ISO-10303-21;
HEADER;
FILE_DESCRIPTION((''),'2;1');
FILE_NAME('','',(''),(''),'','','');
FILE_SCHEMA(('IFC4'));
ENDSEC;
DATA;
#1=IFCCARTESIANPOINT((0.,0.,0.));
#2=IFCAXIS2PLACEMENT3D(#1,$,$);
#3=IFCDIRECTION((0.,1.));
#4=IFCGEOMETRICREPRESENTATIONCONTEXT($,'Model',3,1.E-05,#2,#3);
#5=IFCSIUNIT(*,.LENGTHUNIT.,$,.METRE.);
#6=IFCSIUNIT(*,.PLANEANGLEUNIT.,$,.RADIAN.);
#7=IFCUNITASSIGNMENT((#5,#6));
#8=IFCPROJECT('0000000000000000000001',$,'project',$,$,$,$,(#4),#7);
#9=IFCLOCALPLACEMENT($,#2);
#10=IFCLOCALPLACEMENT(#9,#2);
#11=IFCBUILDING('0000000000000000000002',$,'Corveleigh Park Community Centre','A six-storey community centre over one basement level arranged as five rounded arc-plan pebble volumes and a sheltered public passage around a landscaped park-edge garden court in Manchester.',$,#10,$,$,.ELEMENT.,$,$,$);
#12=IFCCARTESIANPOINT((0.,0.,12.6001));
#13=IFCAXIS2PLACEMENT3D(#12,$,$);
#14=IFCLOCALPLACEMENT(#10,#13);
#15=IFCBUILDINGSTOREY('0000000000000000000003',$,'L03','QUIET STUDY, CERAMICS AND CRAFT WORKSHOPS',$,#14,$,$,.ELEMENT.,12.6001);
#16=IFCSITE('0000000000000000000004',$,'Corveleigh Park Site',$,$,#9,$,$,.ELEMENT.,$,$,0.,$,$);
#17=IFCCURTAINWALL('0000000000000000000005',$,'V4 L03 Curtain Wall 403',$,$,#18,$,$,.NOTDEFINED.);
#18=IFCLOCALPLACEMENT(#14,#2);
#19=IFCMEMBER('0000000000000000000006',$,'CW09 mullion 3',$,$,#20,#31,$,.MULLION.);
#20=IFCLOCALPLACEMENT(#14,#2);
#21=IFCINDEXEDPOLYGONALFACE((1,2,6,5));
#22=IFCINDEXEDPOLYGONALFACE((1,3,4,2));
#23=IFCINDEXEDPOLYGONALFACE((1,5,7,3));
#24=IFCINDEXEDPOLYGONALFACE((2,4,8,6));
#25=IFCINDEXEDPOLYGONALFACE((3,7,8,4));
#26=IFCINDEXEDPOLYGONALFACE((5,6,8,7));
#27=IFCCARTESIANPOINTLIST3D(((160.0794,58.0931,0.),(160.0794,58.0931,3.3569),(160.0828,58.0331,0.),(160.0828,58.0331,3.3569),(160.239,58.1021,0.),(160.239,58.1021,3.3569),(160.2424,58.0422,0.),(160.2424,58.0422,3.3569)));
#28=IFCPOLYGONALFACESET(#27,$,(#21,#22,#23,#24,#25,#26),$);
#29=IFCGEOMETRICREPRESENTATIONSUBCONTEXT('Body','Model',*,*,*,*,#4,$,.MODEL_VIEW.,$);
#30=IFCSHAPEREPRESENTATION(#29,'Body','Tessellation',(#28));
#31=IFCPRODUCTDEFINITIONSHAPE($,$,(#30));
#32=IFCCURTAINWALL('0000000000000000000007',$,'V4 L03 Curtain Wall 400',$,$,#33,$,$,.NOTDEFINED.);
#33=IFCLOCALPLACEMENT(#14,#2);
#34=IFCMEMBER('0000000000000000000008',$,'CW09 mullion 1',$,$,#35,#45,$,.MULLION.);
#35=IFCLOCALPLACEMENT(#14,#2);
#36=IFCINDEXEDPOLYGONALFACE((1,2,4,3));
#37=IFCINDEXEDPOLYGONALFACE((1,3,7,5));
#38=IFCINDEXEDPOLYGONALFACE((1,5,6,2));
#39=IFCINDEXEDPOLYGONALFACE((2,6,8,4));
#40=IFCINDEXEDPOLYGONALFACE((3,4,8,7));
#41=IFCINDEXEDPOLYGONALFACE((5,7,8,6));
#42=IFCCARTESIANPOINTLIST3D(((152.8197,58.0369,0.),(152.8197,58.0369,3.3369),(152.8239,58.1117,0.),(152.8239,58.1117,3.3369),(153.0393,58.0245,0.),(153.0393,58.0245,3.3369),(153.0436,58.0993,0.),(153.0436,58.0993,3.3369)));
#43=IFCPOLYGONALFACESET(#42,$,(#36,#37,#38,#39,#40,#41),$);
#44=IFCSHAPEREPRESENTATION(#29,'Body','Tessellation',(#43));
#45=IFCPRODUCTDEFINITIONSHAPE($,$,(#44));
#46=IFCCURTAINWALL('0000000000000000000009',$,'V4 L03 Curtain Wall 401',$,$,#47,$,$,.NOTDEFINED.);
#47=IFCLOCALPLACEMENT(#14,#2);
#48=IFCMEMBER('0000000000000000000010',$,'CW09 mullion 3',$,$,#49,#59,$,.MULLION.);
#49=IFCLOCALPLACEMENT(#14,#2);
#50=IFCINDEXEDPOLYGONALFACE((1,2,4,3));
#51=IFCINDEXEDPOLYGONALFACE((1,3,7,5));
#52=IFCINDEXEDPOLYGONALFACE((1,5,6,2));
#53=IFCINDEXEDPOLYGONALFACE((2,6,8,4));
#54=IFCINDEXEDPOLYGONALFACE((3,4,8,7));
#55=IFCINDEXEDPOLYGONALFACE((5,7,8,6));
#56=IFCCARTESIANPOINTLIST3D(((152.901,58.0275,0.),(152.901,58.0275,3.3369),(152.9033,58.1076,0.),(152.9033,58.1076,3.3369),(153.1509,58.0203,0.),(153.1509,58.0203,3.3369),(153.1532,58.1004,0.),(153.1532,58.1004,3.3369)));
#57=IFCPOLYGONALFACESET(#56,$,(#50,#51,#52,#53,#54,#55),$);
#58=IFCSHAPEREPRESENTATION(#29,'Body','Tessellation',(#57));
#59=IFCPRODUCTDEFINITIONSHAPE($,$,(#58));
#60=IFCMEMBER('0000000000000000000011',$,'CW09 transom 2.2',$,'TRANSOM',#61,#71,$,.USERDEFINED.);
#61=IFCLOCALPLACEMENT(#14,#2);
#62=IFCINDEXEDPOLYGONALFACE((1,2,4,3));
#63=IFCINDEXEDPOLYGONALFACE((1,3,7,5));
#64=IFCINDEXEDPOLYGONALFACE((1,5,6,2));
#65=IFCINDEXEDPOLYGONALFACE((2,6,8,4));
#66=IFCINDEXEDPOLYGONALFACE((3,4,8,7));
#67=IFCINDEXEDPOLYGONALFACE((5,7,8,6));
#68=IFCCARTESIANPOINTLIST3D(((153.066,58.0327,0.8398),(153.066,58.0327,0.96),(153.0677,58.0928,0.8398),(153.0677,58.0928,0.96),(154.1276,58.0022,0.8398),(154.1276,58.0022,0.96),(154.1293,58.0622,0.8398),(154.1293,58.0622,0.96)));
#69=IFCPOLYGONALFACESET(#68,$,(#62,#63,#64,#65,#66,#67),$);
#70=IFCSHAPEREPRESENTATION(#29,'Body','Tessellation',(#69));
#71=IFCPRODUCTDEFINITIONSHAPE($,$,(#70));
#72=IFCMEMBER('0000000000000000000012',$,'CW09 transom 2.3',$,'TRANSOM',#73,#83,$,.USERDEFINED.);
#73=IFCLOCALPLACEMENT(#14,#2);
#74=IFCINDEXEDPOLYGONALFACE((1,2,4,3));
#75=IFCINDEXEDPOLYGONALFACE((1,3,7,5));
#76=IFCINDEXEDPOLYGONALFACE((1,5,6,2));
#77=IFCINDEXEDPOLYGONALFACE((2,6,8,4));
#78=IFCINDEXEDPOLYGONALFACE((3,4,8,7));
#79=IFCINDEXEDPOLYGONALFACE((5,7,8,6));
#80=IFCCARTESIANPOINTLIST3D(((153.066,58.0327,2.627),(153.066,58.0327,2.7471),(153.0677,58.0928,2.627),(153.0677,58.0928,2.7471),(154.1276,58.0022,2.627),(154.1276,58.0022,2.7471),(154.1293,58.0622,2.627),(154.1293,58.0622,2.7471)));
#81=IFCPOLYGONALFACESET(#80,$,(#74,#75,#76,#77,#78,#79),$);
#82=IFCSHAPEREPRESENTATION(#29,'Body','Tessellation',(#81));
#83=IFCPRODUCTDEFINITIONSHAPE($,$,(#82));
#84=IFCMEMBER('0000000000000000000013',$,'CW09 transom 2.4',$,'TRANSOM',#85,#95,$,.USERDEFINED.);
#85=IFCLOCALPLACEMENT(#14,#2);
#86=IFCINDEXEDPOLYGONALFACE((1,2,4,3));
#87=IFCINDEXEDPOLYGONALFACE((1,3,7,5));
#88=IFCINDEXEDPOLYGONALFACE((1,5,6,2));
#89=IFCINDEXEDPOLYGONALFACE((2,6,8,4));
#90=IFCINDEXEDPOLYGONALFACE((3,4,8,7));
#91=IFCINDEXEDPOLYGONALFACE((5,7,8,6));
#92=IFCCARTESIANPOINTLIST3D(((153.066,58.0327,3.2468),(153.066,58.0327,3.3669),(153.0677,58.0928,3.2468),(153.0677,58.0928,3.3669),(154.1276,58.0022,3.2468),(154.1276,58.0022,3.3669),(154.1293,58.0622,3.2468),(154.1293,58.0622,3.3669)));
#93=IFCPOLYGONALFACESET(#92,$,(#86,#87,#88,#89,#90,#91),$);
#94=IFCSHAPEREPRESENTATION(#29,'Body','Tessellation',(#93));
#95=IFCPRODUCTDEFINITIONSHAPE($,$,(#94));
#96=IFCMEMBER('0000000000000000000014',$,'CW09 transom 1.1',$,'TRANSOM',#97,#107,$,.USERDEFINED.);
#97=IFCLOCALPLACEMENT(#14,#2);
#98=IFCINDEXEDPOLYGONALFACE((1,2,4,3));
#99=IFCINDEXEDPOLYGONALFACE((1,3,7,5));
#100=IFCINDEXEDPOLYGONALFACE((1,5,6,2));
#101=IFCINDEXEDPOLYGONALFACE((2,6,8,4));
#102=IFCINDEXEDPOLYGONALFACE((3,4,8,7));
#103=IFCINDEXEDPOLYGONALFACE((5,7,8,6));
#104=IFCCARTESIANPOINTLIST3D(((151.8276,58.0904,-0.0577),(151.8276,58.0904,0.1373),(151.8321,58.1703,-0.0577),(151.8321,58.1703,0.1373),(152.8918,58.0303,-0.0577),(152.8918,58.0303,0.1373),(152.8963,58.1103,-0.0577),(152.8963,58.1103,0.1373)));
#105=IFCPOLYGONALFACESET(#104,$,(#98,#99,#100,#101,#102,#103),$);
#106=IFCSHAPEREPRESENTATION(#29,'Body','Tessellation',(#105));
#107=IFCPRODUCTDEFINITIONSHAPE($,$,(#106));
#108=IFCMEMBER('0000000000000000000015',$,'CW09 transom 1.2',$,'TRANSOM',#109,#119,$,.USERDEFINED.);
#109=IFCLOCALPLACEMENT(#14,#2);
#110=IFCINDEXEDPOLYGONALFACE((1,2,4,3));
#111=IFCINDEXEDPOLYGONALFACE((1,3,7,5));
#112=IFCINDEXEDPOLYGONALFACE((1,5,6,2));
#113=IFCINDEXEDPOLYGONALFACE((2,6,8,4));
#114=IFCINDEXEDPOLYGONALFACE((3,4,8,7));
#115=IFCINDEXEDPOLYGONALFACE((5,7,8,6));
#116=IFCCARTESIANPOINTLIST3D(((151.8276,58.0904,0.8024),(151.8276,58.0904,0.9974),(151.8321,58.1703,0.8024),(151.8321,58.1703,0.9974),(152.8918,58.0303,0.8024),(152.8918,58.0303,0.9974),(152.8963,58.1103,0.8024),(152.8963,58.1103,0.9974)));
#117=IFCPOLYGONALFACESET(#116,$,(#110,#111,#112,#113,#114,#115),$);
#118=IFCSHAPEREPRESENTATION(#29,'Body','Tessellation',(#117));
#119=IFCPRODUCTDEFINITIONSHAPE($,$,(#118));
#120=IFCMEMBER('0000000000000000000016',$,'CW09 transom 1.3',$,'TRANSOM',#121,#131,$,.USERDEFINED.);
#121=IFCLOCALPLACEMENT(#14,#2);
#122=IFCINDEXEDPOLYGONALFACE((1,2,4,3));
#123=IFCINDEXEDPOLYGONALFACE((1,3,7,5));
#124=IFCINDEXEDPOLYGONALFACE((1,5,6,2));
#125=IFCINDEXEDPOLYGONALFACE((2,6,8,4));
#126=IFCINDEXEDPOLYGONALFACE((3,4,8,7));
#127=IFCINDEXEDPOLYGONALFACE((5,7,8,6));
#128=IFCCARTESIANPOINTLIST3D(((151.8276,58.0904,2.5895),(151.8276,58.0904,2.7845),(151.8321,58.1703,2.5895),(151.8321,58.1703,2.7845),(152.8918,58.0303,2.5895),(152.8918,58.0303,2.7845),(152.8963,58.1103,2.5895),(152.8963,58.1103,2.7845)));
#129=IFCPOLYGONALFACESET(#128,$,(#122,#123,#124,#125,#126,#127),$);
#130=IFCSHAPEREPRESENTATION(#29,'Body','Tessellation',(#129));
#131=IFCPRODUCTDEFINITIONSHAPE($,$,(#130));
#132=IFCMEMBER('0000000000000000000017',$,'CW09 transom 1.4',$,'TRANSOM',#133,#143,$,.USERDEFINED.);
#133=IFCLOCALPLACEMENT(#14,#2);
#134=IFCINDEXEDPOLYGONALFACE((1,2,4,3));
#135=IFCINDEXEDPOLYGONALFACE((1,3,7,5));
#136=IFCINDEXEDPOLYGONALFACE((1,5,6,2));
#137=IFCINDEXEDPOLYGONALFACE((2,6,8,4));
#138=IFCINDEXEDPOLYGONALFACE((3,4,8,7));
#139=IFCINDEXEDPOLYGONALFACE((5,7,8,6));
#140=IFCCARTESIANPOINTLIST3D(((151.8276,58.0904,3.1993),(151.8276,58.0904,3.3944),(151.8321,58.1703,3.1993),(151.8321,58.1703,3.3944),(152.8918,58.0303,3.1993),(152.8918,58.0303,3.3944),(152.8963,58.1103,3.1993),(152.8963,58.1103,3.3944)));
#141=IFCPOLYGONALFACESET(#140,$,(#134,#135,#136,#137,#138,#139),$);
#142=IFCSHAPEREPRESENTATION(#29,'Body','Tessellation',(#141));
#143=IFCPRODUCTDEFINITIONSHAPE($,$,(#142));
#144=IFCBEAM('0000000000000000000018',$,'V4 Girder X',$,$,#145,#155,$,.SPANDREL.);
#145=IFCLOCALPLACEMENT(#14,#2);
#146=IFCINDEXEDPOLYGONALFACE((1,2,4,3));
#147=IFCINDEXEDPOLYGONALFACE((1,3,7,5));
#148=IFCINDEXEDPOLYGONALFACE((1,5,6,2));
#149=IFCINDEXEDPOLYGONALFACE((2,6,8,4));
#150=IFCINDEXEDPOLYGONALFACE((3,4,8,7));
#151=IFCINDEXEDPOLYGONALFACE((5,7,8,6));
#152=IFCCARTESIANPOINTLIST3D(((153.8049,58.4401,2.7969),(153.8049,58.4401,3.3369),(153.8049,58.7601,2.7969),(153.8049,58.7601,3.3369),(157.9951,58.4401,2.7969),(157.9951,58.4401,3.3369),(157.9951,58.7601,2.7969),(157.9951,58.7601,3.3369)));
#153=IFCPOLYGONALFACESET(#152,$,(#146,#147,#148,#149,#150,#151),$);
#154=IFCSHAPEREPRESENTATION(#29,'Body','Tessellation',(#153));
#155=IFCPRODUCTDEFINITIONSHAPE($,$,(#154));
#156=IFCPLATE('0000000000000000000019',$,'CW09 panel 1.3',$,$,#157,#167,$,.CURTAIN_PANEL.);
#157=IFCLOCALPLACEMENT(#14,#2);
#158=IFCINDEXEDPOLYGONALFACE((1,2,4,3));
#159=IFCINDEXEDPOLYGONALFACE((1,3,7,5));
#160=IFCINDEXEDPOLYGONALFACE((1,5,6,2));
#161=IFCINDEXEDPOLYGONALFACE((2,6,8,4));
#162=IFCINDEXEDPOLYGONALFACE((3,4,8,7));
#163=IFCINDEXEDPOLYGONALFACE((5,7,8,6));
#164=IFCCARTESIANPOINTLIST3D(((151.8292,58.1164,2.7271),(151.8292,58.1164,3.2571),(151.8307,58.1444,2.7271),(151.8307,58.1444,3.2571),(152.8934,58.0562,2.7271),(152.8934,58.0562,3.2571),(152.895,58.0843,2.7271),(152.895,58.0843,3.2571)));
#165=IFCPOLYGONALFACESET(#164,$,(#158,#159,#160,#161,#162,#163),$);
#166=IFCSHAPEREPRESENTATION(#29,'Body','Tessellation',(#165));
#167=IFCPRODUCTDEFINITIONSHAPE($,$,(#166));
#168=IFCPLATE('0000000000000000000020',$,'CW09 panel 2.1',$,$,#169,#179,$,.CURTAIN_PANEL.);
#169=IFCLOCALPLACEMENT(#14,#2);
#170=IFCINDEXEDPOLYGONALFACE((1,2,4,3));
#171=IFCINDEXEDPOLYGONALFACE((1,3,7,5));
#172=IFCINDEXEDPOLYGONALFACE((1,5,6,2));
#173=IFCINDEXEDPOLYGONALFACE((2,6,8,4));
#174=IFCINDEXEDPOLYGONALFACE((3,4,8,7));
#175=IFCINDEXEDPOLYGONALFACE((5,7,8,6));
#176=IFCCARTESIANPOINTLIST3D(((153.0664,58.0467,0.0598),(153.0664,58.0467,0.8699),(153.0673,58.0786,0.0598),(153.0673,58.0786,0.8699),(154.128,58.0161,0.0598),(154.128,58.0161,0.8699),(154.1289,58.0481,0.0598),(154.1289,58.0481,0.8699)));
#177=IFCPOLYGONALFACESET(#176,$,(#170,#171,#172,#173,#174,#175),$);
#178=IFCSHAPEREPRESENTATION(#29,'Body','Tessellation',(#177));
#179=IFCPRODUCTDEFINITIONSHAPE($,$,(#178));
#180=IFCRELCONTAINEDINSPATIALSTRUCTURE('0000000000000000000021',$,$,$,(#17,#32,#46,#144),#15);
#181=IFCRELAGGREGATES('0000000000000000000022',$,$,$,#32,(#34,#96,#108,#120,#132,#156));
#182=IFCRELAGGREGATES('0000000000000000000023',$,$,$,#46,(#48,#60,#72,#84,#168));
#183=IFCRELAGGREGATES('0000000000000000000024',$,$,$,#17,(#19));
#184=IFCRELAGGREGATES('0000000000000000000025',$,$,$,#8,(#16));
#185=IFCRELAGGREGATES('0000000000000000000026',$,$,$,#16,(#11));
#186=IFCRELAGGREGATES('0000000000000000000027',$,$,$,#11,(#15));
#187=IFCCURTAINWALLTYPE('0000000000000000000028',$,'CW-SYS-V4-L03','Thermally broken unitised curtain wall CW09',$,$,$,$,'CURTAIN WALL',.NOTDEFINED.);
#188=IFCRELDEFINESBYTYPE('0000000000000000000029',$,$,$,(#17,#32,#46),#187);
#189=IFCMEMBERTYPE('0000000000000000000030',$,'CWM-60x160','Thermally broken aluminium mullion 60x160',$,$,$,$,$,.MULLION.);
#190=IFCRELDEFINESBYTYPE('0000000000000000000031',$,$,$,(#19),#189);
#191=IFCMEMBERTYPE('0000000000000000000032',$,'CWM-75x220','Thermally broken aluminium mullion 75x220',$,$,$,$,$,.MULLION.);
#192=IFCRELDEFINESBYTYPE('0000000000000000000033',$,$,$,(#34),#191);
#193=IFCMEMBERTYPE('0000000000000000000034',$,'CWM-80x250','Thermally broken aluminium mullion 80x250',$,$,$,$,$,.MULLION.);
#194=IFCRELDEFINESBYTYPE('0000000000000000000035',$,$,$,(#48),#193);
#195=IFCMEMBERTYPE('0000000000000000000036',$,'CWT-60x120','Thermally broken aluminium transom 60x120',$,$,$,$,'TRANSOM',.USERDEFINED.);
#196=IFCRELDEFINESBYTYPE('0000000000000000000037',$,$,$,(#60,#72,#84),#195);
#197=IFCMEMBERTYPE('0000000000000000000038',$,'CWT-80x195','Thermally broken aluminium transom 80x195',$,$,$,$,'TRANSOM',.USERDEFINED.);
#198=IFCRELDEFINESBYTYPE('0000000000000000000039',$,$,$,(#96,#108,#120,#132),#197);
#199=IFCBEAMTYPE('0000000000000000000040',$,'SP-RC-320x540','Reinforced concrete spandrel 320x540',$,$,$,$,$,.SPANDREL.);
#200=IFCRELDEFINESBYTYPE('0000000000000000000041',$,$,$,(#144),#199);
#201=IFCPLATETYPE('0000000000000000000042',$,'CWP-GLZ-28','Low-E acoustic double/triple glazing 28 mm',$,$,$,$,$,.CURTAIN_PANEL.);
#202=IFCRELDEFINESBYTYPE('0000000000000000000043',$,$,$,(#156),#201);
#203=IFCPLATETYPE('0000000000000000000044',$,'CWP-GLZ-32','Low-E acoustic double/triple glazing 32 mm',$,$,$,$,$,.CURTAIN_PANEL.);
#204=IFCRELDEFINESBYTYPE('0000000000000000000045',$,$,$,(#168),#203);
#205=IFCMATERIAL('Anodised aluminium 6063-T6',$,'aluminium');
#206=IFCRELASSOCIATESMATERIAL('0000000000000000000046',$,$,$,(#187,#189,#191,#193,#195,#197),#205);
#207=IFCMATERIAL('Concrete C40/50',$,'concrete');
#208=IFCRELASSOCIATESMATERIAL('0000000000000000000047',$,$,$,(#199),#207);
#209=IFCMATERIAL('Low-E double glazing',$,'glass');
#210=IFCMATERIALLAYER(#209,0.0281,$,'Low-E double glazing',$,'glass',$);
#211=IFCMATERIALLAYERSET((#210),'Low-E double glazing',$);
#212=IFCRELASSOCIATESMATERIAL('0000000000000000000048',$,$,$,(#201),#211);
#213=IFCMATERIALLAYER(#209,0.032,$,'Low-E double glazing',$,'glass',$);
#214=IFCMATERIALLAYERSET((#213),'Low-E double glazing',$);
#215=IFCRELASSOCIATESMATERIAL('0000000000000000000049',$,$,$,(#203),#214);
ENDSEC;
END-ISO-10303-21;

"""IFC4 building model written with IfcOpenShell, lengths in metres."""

from ifc_helpers import new_model, si_unit, direction, frame, origin, origin_2d, place, context, subcontext, project, spatial, rectangle, extrude, material, layer, layer_set, material_profile, profile_set, type_object, element, aggregate, save


model = new_model("IFC4")

# Units and contexts
model_context = context("Model", 3, precision=1e-05, world=origin(), true_north=direction((0.0, 1.0)))
body_context = subcontext(model_context, "Body", "Model", "MODEL_VIEW")
ifc_project = project(units=[si_unit("LENGTHUNIT", "METRE"), si_unit("PLANEANGLEUNIT", "RADIAN")], contexts=[model_context])

# Site, building, storey
site_placement = place(None, origin())
site = spatial("IfcSite", under=ifc_project, at=site_placement, Name="Corveleigh Park Site", CompositionType="ELEMENT", RefElevation=0.0)
building_placement = place(site_placement, origin())
building = spatial("IfcBuilding", under=site, at=building_placement, Name="Corveleigh Park Community Centre", Description="A six-storey community centre over one basement level arranged as five rounded arc-plan pebble volumes and a sheltered public passage around a landscaped park-edge garden court in Manchester.", CompositionType="ELEMENT")
storey_placement = place(building_placement, frame((0.0, 0.0, 12.6001)))
storey = spatial("IfcBuildingStorey", under=building, at=storey_placement, Name="L03", Description="QUIET STUDY, CERAMICS AND CRAFT WORKSHOPS", CompositionType="ELEMENT", Elevation=12.6001)

# Shared definitions
ifc_material_1 = material(Name="Concrete C40/50", Category="concrete")

# Curtain walls, members
ifc_material_2 = material(Name="Anodised aluminium 6063-T6", Category="aluminium")
curtain_wall_type = type_object("IfcCurtainWallType", Name="CW-SYS-V4-L03", Description="Thermally broken unitised curtain wall CW09", ElementType="CURTAIN WALL", PredefinedType="NOTDEFINED", material=ifc_material_2)
curtain_wall_1_placement = place(storey_placement, origin())
curtain_wall_1 = element("IfcCurtainWall", 1, at=curtain_wall_1_placement, inside=storey, type_object=curtain_wall_type, Name="V4 L03 Curtain Wall 403", PredefinedType="NOTDEFINED")
ifc_material_profile_1 = material_profile(ifc_material_2, rectangle(XDim=0.0601, YDim=0.1599, at=origin_2d()), Name="ALU-M60x160", Category="aluminium")
ifc_profile_set_1 = profile_set([ifc_material_profile_1], Name="Anodised aluminium 6063-T6")
member_type_1 = type_object("IfcMemberType", Name="CWM-60x160", Description="Thermally broken aluminium mullion 60x160", PredefinedType="MULLION", material=ifc_profile_set_1)
member_1_placement = place(storey_placement, frame((160.1609, 58.0676, 0.0), z_axis=(0.0, 0.0, 1.0), x_axis=(0.056434, -0.998406, 0.0)))
member_1 = element("IfcMember", 2, at=member_1_placement, type_object=member_type_1, Name="CW09 mullion 3", PredefinedType="MULLION", context=body_context, shape_type="SweptSolid", body=[
    extrude(rectangle(XDim=0.0601, YDim=0.1599, at=origin_2d()), origin(), (0.0, 0.0, 1.0), 3.3569),
])
curtain_wall_2_placement = place(storey_placement, origin())
curtain_wall_2 = element("IfcCurtainWall", 3, at=curtain_wall_2_placement, inside=storey, type_object=curtain_wall_type, Name="V4 L03 Curtain Wall 400", PredefinedType="NOTDEFINED")
ifc_material_profile_2 = material_profile(ifc_material_2, rectangle(XDim=0.075, YDim=0.22, at=origin_2d()), Name="ALU-M75x220", Category="aluminium")
ifc_profile_set_2 = profile_set([ifc_material_profile_2], Name="Anodised aluminium 6063-T6")
member_type_2 = type_object("IfcMemberType", Name="CWM-75x220", Description="Thermally broken aluminium mullion 75x220", PredefinedType="MULLION", material=ifc_profile_set_2)
member_2_placement = place(storey_placement, frame((152.9316, 58.0681, 0.0), z_axis=(0.0, 0.0, 1.0), x_axis=(-0.056434, -0.998406, 0.0)))
member_2 = element("IfcMember", 4, at=member_2_placement, type_object=member_type_2, Name="CW09 mullion 1", PredefinedType="MULLION", context=body_context, shape_type="SweptSolid", body=[
    extrude(rectangle(XDim=0.075, YDim=0.22, at=origin_2d()), origin(), (0.0, 0.0, 1.0), 3.3369),
])

# Curtain wall, members
curtain_wall_3_placement = place(storey_placement, origin())
curtain_wall_3 = element("IfcCurtainWall", 5, at=curtain_wall_3_placement, inside=storey, type_object=curtain_wall_type, Name="V4 L03 Curtain Wall 401", PredefinedType="NOTDEFINED")
ifc_material_profile_3 = material_profile(ifc_material_2, rectangle(XDim=0.0801, YDim=0.25, at=origin_2d()), Name="ALU-M80x250", Category="aluminium")
ifc_profile_set_3 = profile_set([ifc_material_profile_3], Name="Anodised aluminium 6063-T6")
member_type_3 = type_object("IfcMemberType", Name="CWM-80x250", Description="Thermally broken aluminium mullion 80x250", PredefinedType="MULLION", material=ifc_profile_set_3)
member_3_placement = place(storey_placement, frame((153.0271, 58.064, 0.0), z_axis=(0.0, 0.0, 1.0), x_axis=(-0.028765, -0.999586, 0.0)))
member_3 = element("IfcMember", 6, at=member_3_placement, type_object=member_type_3, Name="CW09 mullion 3", PredefinedType="MULLION", context=body_context, shape_type="SweptSolid", body=[
    extrude(rectangle(XDim=0.0801, YDim=0.25, at=origin_2d()), origin(), (0.0, 0.0, 1.0), 3.3369),
])
ifc_material_profile_4 = material_profile(ifc_material_2, rectangle(XDim=0.0601, YDim=0.1201, at=origin_2d()), Name="ALU-T60x120", Category="aluminium")
ifc_profile_set_4 = profile_set([ifc_material_profile_4], Name="Anodised aluminium 6063-T6")
member_type_4 = type_object("IfcMemberType", Name="CWT-60x120", Description="Thermally broken aluminium transom 60x120", ElementType="TRANSOM", PredefinedType="USERDEFINED", material=ifc_profile_set_4)
member_4_placement = place(storey_placement, frame((154.1284, 58.0322, 0.8999), z_axis=(-0.999587, 0.028737, 0.0), x_axis=(-0.028737, -0.999587, 0.0)))
member_4 = element("IfcMember", 7, at=member_4_placement, type_object=member_type_4, Name="CW09 transom 2.2", ObjectType="TRANSOM", PredefinedType="USERDEFINED", context=body_context, shape_type="SweptSolid", body=[
    extrude(rectangle(XDim=0.0601, YDim=0.1201, at=origin_2d()), origin(), (0.0, 0.0, 1.0), 1.062),
])
member_5_placement = place(storey_placement, frame((154.1284, 58.0322, 2.687), z_axis=(-0.999587, 0.028737, 0.0), x_axis=(-0.028737, -0.999587, 0.0)))
member_5 = element("IfcMember", 8, at=member_5_placement, type_object=member_type_4, Name="CW09 transom 2.3", ObjectType="TRANSOM", PredefinedType="USERDEFINED", context=body_context, shape_type="SweptSolid", body=[
    extrude(rectangle(XDim=0.0601, YDim=0.1201, at=origin_2d()), origin(), (0.0, 0.0, 1.0), 1.062),
])
member_6_placement = place(storey_placement, frame((154.1284, 58.0322, 3.3069), z_axis=(-0.999587, 0.028737, 0.0), x_axis=(-0.028737, -0.999587, 0.0)))
member_6 = element("IfcMember", 9, at=member_6_placement, type_object=member_type_4, Name="CW09 transom 2.4", ObjectType="TRANSOM", PredefinedType="USERDEFINED", context=body_context, shape_type="SweptSolid", body=[
    extrude(rectangle(XDim=0.0601, YDim=0.1201, at=origin_2d()), origin(), (0.0, 0.0, 1.0), 1.062),
])

# Members
ifc_material_profile_5 = material_profile(ifc_material_2, rectangle(XDim=0.0801, YDim=0.1951, at=origin_2d()), Name="ALU-T80x195", Category="aluminium")
ifc_profile_set_5 = profile_set([ifc_material_profile_5], Name="Anodised aluminium 6063-T6")
member_type_5 = type_object("IfcMemberType", Name="CWT-80x195", Description="Thermally broken aluminium transom 80x195", ElementType="TRANSOM", PredefinedType="USERDEFINED", material=ifc_profile_set_5)
member_7_placement = place(storey_placement, frame((152.894, 58.0703, 0.0398), z_axis=(-0.998411, 0.056345, 0.0), x_axis=(-0.056345, -0.998411, 0.0)))
member_7 = element("IfcMember", 10, at=member_7_placement, type_object=member_type_5, Name="CW09 transom 1.1", ObjectType="TRANSOM", PredefinedType="USERDEFINED", context=body_context, shape_type="SweptSolid", body=[
    extrude(rectangle(XDim=0.0801, YDim=0.1951, at=origin_2d()), origin(), (0.0, 0.0, 1.0), 1.0659),
])
member_8_placement = place(storey_placement, frame((152.894, 58.0703, 0.8999), z_axis=(-0.998411, 0.056345, 0.0), x_axis=(-0.056345, -0.998411, 0.0)))
member_8 = element("IfcMember", 11, at=member_8_placement, type_object=member_type_5, Name="CW09 transom 1.2", ObjectType="TRANSOM", PredefinedType="USERDEFINED", context=body_context, shape_type="SweptSolid", body=[
    extrude(rectangle(XDim=0.0801, YDim=0.1951, at=origin_2d()), origin(), (0.0, 0.0, 1.0), 1.0659),
])
member_9_placement = place(storey_placement, frame((152.894, 58.0703, 2.687), z_axis=(-0.998411, 0.056345, 0.0), x_axis=(-0.056345, -0.998411, 0.0)))
member_9 = element("IfcMember", 12, at=member_9_placement, type_object=member_type_5, Name="CW09 transom 1.3", ObjectType="TRANSOM", PredefinedType="USERDEFINED", context=body_context, shape_type="SweptSolid", body=[
    extrude(rectangle(XDim=0.0801, YDim=0.1951, at=origin_2d()), origin(), (0.0, 0.0, 1.0), 1.0659),
])
member_10_placement = place(storey_placement, frame((152.894, 58.0703, 3.2969), z_axis=(-0.998411, 0.056345, 0.0), x_axis=(-0.056345, -0.998411, 0.0)))
member_10 = element("IfcMember", 13, at=member_10_placement, type_object=member_type_5, Name="CW09 transom 1.4", ObjectType="TRANSOM", PredefinedType="USERDEFINED", context=body_context, shape_type="SweptSolid", body=[
    extrude(rectangle(XDim=0.0801, YDim=0.1951, at=origin_2d()), origin(), (0.0, 0.0, 1.0), 1.0659),
])

# Beam
ifc_material_profile_6 = material_profile(ifc_material_1, rectangle(XDim=0.3201, YDim=0.54, at=origin_2d()), Name="RC-320x540", Category="concrete")
ifc_profile_set_6 = profile_set([ifc_material_profile_6], Name="Concrete C40/50")
beam_type_1 = type_object("IfcBeamType", Name="SP-RC-320x540", Description="Reinforced concrete spandrel 320x540", PredefinedType="SPANDREL", material=ifc_profile_set_6)
beam_1_placement = place(storey_placement, frame((153.8049, 58.6001, 3.0669), z_axis=(1.0, 0.0, 0.0), x_axis=(0.0, 1.0, 0.0)))
element("IfcBeam", 14, at=beam_1_placement, inside=storey, type_object=beam_type_1, Name="V4 Girder X", PredefinedType="SPANDREL", context=body_context, shape_type="SweptSolid", body=[
    extrude(rectangle(XDim=0.3201, YDim=0.54, at=origin_2d()), origin(), (0.0, 0.0, 1.0), 4.1902),
])

# Plates
ifc_material_3 = material(Name="Low-E double glazing", Category="glass")
ifc_layer_1 = layer(ifc_material_3, 0.0281, Name="Low-E double glazing", Category="glass")
ifc_layer_set_1 = layer_set([ifc_layer_1], Name="Low-E double glazing")
plate_type_1 = type_object("IfcPlateType", Name="CWP-GLZ-28", Description="Low-E acoustic double/triple glazing 28 mm", PredefinedType="CURTAIN_PANEL", material=ifc_layer_set_1)
plate_1_placement = place(storey_placement, frame((152.3621, 58.1003, 2.7271), z_axis=(0.0, 0.0, 1.0), x_axis=(-0.998406, 0.056434, 0.0)))
plate_1 = element("IfcPlate", 15, at=plate_1_placement, type_object=plate_type_1, Name="CW09 panel 1.3", PredefinedType="CURTAIN_PANEL", context=body_context, shape_type="SweptSolid", body=[
    extrude(rectangle(XDim=1.0659, YDim=0.0281, at=origin_2d()), origin(), (0.0, 0.0, 1.0), 0.53),
])
aggregate(curtain_wall_2, [member_2, member_7, member_8, member_9, member_10, plate_1])
ifc_layer_2 = layer(ifc_material_3, 0.032, Name="Low-E double glazing", Category="glass")
ifc_layer_set_2 = layer_set([ifc_layer_2], Name="Low-E double glazing")
plate_type_2 = type_object("IfcPlateType", Name="CWP-GLZ-32", Description="Low-E acoustic double/triple glazing 32 mm", PredefinedType="CURTAIN_PANEL", material=ifc_layer_set_2)
plate_2_placement = place(storey_placement, frame((153.5977, 58.0474, 0.0598), z_axis=(0.0, 0.0, 1.0), x_axis=(-0.999586, 0.028765, 0.0)))
plate_2 = element("IfcPlate", 16, at=plate_2_placement, type_object=plate_type_2, Name="CW09 panel 2.1", PredefinedType="CURTAIN_PANEL", context=body_context, shape_type="SweptSolid", body=[
    extrude(rectangle(XDim=1.062, YDim=0.032, at=origin_2d()), origin(), (0.0, 0.0, 1.0), 0.8101),
])
aggregate(curtain_wall_3, [member_3, member_4, member_5, member_6, plate_2])
aggregate(curtain_wall_1, [member_1])

save(model, "model.ifc")
